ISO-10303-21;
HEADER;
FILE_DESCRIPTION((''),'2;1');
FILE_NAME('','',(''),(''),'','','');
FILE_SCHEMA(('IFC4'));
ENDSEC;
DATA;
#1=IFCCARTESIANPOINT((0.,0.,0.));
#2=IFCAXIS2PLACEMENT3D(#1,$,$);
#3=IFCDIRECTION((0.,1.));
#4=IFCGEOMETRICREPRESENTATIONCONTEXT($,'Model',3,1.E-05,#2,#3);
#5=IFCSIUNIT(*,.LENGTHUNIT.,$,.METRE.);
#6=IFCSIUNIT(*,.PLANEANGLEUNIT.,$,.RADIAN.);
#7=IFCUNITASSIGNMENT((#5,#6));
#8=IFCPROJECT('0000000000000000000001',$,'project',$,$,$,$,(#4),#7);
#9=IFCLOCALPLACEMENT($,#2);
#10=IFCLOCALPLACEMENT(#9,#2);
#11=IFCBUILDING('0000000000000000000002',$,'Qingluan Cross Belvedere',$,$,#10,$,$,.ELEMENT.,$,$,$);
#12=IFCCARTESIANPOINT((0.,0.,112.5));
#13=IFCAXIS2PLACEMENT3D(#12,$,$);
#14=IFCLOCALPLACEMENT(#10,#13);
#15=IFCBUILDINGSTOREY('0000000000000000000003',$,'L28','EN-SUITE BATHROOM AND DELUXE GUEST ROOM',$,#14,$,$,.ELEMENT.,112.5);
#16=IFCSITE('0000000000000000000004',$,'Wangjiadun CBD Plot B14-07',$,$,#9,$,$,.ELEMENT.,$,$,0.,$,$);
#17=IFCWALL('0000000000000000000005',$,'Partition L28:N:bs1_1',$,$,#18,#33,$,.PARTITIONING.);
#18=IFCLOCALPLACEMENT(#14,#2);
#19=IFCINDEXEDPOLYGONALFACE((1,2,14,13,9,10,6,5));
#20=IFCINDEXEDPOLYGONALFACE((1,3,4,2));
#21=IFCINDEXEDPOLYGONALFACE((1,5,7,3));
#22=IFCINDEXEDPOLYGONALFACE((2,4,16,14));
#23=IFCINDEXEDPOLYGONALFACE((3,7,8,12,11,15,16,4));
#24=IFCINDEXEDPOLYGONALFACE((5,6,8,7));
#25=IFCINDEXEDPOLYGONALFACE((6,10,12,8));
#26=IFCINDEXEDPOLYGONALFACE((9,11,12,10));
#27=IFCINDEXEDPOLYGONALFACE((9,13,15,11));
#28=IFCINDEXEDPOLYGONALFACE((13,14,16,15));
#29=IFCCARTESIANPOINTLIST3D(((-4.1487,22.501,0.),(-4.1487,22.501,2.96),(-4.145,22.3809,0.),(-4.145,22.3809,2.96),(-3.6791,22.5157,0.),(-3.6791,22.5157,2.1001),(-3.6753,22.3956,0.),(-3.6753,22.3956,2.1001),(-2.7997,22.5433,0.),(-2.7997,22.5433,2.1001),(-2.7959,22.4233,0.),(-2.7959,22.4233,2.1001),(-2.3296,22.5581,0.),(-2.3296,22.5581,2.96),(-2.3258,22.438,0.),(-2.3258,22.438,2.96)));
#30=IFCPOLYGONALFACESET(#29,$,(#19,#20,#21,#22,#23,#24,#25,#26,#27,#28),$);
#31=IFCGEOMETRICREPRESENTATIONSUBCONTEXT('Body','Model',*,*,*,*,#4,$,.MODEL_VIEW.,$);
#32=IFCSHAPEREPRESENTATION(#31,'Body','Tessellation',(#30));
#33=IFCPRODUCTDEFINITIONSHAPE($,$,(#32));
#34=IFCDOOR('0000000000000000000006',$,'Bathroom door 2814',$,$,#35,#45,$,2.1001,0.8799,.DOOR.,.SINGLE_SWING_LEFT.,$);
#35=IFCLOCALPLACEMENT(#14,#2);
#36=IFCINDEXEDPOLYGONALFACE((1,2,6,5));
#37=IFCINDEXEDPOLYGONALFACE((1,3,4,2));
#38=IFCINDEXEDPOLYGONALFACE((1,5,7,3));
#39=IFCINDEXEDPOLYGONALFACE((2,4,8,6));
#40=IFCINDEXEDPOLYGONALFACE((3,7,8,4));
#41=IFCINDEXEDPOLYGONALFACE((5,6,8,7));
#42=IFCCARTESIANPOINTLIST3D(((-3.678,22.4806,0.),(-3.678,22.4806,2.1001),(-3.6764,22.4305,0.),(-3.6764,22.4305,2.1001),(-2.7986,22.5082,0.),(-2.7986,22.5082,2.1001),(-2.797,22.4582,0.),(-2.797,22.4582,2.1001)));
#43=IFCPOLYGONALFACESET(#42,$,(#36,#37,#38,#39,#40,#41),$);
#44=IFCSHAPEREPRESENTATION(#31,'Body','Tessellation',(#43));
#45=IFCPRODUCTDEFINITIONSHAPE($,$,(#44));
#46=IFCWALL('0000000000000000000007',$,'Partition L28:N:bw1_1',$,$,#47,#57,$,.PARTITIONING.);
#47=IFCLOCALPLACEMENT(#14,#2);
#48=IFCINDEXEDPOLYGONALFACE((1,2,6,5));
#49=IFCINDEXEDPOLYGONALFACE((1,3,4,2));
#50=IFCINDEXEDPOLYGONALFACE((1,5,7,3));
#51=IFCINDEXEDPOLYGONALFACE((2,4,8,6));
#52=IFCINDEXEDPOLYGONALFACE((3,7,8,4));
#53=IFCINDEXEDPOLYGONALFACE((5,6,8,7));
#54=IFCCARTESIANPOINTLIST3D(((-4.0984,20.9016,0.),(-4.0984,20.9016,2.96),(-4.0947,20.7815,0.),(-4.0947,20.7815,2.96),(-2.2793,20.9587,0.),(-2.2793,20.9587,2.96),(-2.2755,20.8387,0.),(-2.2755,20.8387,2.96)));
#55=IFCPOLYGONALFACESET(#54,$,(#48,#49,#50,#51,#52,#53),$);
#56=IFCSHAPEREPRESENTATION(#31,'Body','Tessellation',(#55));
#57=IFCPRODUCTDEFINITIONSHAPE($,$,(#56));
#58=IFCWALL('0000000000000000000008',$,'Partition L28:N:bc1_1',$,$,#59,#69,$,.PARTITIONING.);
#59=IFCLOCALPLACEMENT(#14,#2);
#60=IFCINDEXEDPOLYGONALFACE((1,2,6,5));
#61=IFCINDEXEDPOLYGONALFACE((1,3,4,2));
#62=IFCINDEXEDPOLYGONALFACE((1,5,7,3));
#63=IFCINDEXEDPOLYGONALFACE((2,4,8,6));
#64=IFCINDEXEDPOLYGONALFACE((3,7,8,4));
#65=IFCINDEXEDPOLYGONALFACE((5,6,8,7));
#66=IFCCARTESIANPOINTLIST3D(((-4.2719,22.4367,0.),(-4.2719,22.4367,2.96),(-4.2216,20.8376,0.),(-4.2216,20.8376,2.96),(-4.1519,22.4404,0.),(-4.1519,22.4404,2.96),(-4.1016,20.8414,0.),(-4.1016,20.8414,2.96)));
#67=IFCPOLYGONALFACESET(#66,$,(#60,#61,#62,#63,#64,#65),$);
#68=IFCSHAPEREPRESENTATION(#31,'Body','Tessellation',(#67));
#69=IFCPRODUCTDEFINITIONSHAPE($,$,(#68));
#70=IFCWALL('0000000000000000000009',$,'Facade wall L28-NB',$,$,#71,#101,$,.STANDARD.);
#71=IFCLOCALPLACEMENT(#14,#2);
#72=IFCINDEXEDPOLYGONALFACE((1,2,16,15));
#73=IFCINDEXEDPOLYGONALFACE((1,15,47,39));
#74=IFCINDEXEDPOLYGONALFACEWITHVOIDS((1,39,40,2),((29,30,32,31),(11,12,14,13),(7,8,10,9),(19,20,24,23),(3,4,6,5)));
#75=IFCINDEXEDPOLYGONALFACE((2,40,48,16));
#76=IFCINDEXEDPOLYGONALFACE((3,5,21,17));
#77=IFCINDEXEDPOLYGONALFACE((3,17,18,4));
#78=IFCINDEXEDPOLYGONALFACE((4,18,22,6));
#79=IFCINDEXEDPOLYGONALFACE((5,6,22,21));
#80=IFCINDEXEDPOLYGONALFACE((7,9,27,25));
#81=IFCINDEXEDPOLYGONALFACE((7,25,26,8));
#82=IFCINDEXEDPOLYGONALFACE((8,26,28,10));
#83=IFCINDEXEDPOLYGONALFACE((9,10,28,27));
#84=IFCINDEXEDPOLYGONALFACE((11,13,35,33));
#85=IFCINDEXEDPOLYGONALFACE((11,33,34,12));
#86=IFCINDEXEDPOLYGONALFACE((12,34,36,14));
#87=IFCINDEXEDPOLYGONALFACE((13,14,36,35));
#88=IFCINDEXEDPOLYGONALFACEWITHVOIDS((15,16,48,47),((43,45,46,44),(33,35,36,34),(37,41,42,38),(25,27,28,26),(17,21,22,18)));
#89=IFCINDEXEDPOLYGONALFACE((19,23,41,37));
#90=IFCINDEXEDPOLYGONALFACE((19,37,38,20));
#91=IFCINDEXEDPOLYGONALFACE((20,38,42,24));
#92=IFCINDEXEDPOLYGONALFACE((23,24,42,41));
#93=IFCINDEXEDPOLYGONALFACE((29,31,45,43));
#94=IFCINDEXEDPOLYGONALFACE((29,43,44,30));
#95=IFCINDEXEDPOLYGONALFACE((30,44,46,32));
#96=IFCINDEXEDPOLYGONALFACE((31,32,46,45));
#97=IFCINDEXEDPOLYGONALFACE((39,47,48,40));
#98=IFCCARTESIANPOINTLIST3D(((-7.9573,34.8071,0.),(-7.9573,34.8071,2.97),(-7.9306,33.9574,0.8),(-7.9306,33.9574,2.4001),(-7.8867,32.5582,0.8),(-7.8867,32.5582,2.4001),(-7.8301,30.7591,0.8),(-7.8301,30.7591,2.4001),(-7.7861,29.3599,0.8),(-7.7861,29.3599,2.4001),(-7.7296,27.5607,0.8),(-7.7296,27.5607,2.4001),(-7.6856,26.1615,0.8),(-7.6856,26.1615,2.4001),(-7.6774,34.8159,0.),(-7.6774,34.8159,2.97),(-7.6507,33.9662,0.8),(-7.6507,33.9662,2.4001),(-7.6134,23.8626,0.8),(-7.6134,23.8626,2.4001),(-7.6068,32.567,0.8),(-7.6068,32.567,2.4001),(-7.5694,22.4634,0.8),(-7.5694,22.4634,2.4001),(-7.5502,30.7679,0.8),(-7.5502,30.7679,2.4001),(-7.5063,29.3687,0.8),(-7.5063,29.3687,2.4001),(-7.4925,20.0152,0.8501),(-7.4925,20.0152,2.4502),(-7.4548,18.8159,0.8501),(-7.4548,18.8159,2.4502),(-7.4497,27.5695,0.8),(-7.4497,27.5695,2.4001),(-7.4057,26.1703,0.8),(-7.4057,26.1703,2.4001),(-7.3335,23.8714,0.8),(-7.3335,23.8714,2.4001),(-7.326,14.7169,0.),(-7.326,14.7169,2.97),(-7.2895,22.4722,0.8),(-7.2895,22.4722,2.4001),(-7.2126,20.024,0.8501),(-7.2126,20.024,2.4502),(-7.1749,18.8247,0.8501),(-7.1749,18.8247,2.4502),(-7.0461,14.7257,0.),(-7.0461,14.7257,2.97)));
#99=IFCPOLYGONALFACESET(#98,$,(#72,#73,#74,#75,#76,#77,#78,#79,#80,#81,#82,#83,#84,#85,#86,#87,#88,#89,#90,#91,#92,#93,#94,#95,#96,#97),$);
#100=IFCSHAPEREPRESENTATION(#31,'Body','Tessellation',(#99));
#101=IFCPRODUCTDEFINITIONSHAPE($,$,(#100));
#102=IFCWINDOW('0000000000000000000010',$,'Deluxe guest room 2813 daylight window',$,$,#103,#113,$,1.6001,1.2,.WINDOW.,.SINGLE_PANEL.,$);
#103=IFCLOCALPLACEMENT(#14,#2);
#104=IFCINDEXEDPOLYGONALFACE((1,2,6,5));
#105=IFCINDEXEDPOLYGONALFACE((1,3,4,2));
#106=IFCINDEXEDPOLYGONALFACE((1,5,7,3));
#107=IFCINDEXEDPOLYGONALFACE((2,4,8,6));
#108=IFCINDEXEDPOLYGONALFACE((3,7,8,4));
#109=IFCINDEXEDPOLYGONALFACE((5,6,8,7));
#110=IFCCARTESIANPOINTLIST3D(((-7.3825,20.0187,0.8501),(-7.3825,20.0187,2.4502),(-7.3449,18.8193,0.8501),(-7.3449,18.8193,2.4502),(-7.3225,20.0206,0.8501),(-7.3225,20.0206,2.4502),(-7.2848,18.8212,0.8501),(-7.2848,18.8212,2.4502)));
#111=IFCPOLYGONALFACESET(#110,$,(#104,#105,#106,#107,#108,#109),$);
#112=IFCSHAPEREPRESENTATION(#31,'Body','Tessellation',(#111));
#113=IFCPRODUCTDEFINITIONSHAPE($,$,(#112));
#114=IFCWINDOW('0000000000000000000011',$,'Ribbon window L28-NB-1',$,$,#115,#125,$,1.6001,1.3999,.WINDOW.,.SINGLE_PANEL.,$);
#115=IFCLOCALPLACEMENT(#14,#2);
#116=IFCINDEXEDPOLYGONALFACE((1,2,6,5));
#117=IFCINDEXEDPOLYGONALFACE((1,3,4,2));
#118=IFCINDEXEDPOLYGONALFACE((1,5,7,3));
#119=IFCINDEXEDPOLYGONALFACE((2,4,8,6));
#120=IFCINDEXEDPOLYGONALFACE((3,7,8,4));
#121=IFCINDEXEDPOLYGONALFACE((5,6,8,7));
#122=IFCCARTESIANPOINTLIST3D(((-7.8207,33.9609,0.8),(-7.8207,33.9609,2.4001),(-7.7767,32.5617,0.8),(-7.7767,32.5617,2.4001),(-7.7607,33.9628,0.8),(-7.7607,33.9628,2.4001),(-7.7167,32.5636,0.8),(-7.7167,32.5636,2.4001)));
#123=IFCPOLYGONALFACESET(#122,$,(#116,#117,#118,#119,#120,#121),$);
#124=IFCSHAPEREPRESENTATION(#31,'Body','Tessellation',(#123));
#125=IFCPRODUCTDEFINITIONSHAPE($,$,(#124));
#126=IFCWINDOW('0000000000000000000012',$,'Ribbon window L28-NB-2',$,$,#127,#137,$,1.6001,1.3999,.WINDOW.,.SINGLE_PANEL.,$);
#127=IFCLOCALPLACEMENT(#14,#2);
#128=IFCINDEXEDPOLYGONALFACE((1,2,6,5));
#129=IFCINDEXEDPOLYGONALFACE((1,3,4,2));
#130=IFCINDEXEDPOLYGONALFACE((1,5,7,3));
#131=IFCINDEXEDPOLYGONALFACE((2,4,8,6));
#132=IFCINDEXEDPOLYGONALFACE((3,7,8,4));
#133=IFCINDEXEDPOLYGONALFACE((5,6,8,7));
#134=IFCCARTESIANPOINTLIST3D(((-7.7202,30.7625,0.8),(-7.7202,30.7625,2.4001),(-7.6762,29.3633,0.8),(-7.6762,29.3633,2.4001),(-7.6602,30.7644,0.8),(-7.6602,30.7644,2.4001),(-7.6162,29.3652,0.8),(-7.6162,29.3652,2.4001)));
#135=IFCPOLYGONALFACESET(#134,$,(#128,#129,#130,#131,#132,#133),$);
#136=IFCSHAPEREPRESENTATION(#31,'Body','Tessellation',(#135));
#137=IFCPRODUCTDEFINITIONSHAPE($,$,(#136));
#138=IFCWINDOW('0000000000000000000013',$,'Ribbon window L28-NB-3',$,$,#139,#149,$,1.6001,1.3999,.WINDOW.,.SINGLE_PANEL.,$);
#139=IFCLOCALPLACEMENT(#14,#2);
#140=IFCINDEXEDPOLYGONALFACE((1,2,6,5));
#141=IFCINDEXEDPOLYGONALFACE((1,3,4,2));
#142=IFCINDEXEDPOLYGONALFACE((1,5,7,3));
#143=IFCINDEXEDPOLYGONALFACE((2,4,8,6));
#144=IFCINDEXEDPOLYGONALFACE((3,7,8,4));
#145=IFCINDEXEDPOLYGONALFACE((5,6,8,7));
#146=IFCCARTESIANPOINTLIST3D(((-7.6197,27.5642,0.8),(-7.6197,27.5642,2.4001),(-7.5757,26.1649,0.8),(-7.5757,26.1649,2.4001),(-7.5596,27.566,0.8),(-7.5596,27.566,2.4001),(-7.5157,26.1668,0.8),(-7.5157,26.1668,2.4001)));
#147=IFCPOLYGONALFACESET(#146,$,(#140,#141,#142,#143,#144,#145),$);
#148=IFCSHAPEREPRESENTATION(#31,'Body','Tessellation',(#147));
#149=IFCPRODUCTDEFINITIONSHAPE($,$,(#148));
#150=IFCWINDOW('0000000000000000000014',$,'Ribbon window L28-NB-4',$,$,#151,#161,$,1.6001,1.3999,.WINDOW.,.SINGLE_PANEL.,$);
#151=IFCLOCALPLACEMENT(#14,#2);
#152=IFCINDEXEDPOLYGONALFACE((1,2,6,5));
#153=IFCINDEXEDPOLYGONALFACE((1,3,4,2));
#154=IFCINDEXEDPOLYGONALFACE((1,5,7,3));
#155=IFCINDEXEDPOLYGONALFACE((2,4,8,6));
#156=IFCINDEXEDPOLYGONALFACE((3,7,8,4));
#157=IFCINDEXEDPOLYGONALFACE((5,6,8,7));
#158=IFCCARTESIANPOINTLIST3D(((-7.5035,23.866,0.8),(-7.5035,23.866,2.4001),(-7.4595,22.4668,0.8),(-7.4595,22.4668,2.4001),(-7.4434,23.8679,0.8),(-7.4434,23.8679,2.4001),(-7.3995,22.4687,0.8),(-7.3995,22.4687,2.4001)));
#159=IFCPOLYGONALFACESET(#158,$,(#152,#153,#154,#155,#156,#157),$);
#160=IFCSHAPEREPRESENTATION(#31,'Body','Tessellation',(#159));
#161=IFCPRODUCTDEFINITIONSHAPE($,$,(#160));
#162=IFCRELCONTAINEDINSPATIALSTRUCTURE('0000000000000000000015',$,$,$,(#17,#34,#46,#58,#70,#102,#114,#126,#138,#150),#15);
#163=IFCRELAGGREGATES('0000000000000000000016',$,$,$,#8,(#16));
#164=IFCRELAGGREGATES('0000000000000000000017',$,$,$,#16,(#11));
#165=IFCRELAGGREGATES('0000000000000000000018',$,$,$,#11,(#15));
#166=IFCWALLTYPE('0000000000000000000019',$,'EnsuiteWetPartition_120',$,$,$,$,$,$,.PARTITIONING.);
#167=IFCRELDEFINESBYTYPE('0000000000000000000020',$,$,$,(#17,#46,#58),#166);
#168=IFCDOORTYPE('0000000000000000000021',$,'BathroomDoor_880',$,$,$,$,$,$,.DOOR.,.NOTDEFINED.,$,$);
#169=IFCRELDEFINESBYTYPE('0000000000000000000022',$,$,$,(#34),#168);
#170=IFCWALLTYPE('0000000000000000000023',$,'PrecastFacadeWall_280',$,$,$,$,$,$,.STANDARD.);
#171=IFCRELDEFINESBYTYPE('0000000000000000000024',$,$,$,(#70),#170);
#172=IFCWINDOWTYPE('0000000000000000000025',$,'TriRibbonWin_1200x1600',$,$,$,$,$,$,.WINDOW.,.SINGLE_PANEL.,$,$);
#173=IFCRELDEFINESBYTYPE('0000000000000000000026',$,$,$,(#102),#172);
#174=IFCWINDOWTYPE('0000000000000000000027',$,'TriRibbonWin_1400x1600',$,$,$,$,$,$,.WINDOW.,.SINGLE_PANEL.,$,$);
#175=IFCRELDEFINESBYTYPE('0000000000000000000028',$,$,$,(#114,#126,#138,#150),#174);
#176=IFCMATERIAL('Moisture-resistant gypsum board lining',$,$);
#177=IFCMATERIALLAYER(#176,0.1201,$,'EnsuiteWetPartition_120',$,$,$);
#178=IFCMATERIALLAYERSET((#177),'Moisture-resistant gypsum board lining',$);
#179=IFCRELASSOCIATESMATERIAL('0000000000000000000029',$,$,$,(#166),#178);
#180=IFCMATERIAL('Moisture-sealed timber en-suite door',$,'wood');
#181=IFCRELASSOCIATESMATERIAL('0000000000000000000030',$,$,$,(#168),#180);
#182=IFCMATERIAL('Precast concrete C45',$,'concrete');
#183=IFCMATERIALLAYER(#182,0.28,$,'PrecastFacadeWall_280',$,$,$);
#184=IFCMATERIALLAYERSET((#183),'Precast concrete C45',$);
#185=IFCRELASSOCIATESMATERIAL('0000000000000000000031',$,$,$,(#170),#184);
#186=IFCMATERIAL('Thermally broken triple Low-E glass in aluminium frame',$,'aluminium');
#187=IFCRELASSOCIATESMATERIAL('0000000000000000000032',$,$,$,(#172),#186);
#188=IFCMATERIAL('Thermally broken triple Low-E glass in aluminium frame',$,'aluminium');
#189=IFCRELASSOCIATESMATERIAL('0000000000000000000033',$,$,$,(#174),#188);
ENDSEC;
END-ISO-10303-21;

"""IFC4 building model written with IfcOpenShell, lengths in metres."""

from ifc_helpers import new_model, si_unit, direction, frame, frame_2d, origin, place, context, subcontext, project, spatial, rectangle, extrude, material, layer, layer_set, type_object, element, fill, save


model = new_model("IFC4")

# Units and contexts
model_context = context("Model", 3, precision=1e-05, world=origin(), true_north=direction((0.0, 1.0)))
body_context = subcontext(model_context, "Body", "Model", "MODEL_VIEW")
ifc_project = project(units=[si_unit("LENGTHUNIT", "METRE"), si_unit("PLANEANGLEUNIT", "RADIAN")], contexts=[model_context])

# Site, building, storey
site_placement = place(None, origin())
site = spatial("IfcSite", under=ifc_project, at=site_placement, Name="Wangjiadun CBD Plot B14-07", CompositionType="ELEMENT", RefElevation=0.0)
building_placement = place(site_placement, origin())
building = spatial("IfcBuilding", under=site, at=building_placement, Name="Qingluan Cross Belvedere", CompositionType="ELEMENT")
storey_placement = place(building_placement, frame((0.0, 0.0, 112.5)))
storey = spatial("IfcBuildingStorey", under=building, at=storey_placement, Name="L28", Description="EN-SUITE BATHROOM AND DELUXE GUEST ROOM", CompositionType="ELEMENT", Elevation=112.5)

# Wall, opening, door
ifc_material_1 = material(Name="Moisture-resistant gypsum board lining")
ifc_layer_1 = layer(ifc_material_1, 0.1201, Name="EnsuiteWetPartition_120")
ifc_layer_set_1 = layer_set([ifc_layer_1], Name="Moisture-resistant gypsum board lining")
wall_type_1 = type_object("IfcWallType", Name="EnsuiteWetPartition_120", PredefinedType="PARTITIONING", material=ifc_layer_set_1)
wall_1_placement = place(storey_placement, frame((-4.147, 22.4409, 0.0), z_axis=(0.0, 0.0, 1.0), x_axis=(0.999507, 0.03139, 0.0)))
wall_1 = element("IfcWall", 1, at=wall_1_placement, inside=storey, type_object=wall_type_1, Name="Partition L28:N:bs1_1", PredefinedType="PARTITIONING", context=body_context, shape_type="SweptSolid", body=[
    extrude(rectangle(XDim=1.8201, YDim=0.1201, at=frame_2d((0.9102, 0.0))), origin(), (0.0, 0.0, 1.0), 2.96),
])
opening_1_placement = place(wall_1_placement, frame((0.47, 0.0, 0.0)))
opening_1 = element("IfcOpeningElement", 2, at=opening_1_placement, cuts=wall_1, PredefinedType="OPENING", context=body_context, shape_type="SweptSolid", body=[
    extrude(rectangle(XDim=0.8799, YDim=2.1001, at=frame_2d((0.4399, 1.05))), frame((0.0, 0.0701, 0.0), z_axis=(0.0, -1.0, 0.0), x_axis=(1.0, 0.0, 0.0)), (0.0, 0.0, 1.0), 0.1401),
])
ifc_material_2 = material(Name="Moisture-sealed timber en-suite door", Category="wood")
door_type_1 = type_object("IfcDoorType", Name="BathroomDoor_880", OperationType="NOTDEFINED", PredefinedType="DOOR", material=ifc_material_2)
door_1_placement = place(opening_1_placement, origin())
door_1 = element("IfcDoor", 3, at=door_1_placement, inside=storey, type_object=door_type_1, Name="Bathroom door 2814", OperationType="SINGLE_SWING_LEFT", OverallHeight=2.1001, OverallWidth=0.8799, PredefinedType="DOOR", context=body_context, shape_type="SweptSolid", body=[
    extrude(rectangle(XDim=0.8799, YDim=2.1001, at=frame_2d((0.4399, 1.05))), frame((0.0, 0.0249, 0.0), z_axis=(0.0, -1.0, 0.0), x_axis=(1.0, 0.0, 0.0)), (0.0, 0.0, 1.0), 0.05),
])
fill(opening_1, door_1)

# Walls
wall_2_placement = place(storey_placement, frame((-4.0967, 20.8416, 0.0), z_axis=(0.0, 0.0, 1.0), x_axis=(0.999507, 0.03139, 0.0)))
element("IfcWall", 4, at=wall_2_placement, inside=storey, type_object=wall_type_1, Name="Partition L28:N:bw1_1", PredefinedType="PARTITIONING", context=body_context, shape_type="SweptSolid", body=[
    extrude(rectangle(XDim=1.8201, YDim=0.1201, at=frame_2d((0.9102, 0.0))), origin(), (0.0, 0.0, 1.0), 2.96),
])
wall_3_placement = place(storey_placement, frame((-4.1616, 20.8396, 0.0), z_axis=(0.0, 0.0, 1.0), x_axis=(-0.031435, 0.999506, 0.0)))
element("IfcWall", 5, at=wall_3_placement, inside=storey, type_object=wall_type_1, Name="Partition L28:N:bc1_1", PredefinedType="PARTITIONING", context=body_context, shape_type="SweptSolid", body=[
    extrude(rectangle(XDim=1.5999, YDim=0.1201, at=frame_2d((0.7998, 0.0))), origin(), (0.0, 0.0, 1.0), 2.96),
])

# Wall, openings, windows
ifc_material_3 = material(Name="Precast concrete C45", Category="concrete")
ifc_layer_2 = layer(ifc_material_3, 0.28, Name="PrecastFacadeWall_280")
ifc_layer_set_2 = layer_set([ifc_layer_2], Name="Precast concrete C45")
wall_type_2 = type_object("IfcWallType", Name="PrecastFacadeWall_280", PredefinedType="STANDARD", material=ifc_layer_set_2)
wall_4_placement = place(storey_placement, frame((-7.8174, 34.8115, 0.0), z_axis=(0.0, 0.0, 1.0), x_axis=(0.03141, -0.999507, 0.0)))
wall_4 = element("IfcWall", 6, at=wall_4_placement, inside=storey, type_object=wall_type_2, Name="Facade wall L28-NB", PredefinedType="STANDARD", context=body_context, shape_type="SweptSolid", body=[
    extrude(rectangle(XDim=20.1001, YDim=0.28, at=frame_2d((10.05, 0.0))), origin(), (0.0, 0.0, 1.0), 2.97),
])
opening_2_placement = place(wall_4_placement, frame((0.8501, 0.0, 0.8)))
opening_2 = element("IfcOpeningElement", 7, at=opening_2_placement, cuts=wall_4, PredefinedType="OPENING", context=body_context, shape_type="SweptSolid", body=[
    extrude(rectangle(XDim=1.3999, YDim=1.6001, at=frame_2d((0.7, 0.8))), frame((0.0, 0.1499, 0.0), z_axis=(0.0, -1.0, 0.0), x_axis=(1.0, 0.0, 0.0)), (0.0, 0.0, 1.0), 0.3),
])
opening_3_placement = place(wall_4_placement, frame((4.05, 0.0, 0.8)))
opening_3 = element("IfcOpeningElement", 8, at=opening_3_placement, cuts=wall_4, PredefinedType="OPENING", context=body_context, shape_type="SweptSolid", body=[
    extrude(rectangle(XDim=1.3999, YDim=1.6001, at=frame_2d((0.7, 0.8))), frame((0.0, 0.1499, 0.0), z_axis=(0.0, -1.0, 0.0), x_axis=(1.0, 0.0, 0.0)), (0.0, 0.0, 1.0), 0.3),
])
opening_4_placement = place(wall_4_placement, frame((7.25, 0.0, 0.8)))
opening_4 = element("IfcOpeningElement", 9, at=opening_4_placement, cuts=wall_4, PredefinedType="OPENING", context=body_context, shape_type="SweptSolid", body=[
    extrude(rectangle(XDim=1.3999, YDim=1.6001, at=frame_2d((0.7, 0.8))), frame((0.0, 0.1499, 0.0), z_axis=(0.0, -1.0, 0.0), x_axis=(1.0, 0.0, 0.0)), (0.0, 0.0, 1.0), 0.3),
])
opening_5_placement = place(wall_4_placement, frame((10.95, 0.0, 0.8)))
opening_5 = element("IfcOpeningElement", 10, at=opening_5_placement, cuts=wall_4, PredefinedType="OPENING", context=body_context, shape_type="SweptSolid", body=[
    extrude(rectangle(XDim=1.3999, YDim=1.6001, at=frame_2d((0.7, 0.8))), frame((0.0, 0.1499, 0.0), z_axis=(0.0, -1.0, 0.0), x_axis=(1.0, 0.0, 0.0)), (0.0, 0.0, 1.0), 0.3),
])
opening_6_placement = place(wall_4_placement, frame((14.7991, 0.0, 0.8501)))
opening_6 = element("IfcOpeningElement", 11, at=opening_6_placement, cuts=wall_4, PredefinedType="OPENING", context=body_context, shape_type="SweptSolid", body=[
    extrude(rectangle(XDim=1.2, YDim=1.6001, at=frame_2d((0.6001, 0.8))), frame((0.0, 0.1499, 0.0), z_axis=(0.0, -1.0, 0.0), x_axis=(1.0, 0.0, 0.0)), (0.0, 0.0, 1.0), 0.3),
])
ifc_material_4 = material(Name="Thermally broken triple Low-E glass in aluminium frame", Category="aluminium")
window_type_1 = type_object("IfcWindowType", Name="TriRibbonWin_1200x1600", PartitioningType="SINGLE_PANEL", PredefinedType="WINDOW", material=ifc_material_4)
window_1_placement = place(opening_6_placement, origin())
window_1 = element("IfcWindow", 12, at=window_1_placement, inside=storey, type_object=window_type_1, Name="Deluxe guest room 2813 daylight window", OverallHeight=1.6001, OverallWidth=1.2, PartitioningType="SINGLE_PANEL", PredefinedType="WINDOW", context=body_context, shape_type="SweptSolid", body=[
    extrude(rectangle(XDim=1.2, YDim=1.6001, at=frame_2d((0.6001, 0.8))), frame((0.0, 0.03, 0.0), z_axis=(0.0, -1.0, 0.0), x_axis=(1.0, 0.0, 0.0)), (0.0, 0.0, 1.0), 0.0601),
])
fill(opening_6, window_1)
ifc_material_5 = material(Name="Thermally broken triple Low-E glass in aluminium frame", Category="aluminium")
window_type_2 = type_object("IfcWindowType", Name="TriRibbonWin_1400x1600", PartitioningType="SINGLE_PANEL", PredefinedType="WINDOW", material=ifc_material_5)
window_2_placement = place(opening_2_placement, origin())
window_2 = element("IfcWindow", 13, at=window_2_placement, inside=storey, type_object=window_type_2, Name="Ribbon window L28-NB-1", OverallHeight=1.6001, OverallWidth=1.3999, PartitioningType="SINGLE_PANEL", PredefinedType="WINDOW", context=body_context, shape_type="SweptSolid", body=[
    extrude(rectangle(XDim=1.3999, YDim=1.6001, at=frame_2d((0.7, 0.8))), frame((0.0, 0.03, 0.0), z_axis=(0.0, -1.0, 0.0), x_axis=(1.0, 0.0, 0.0)), (0.0, 0.0, 1.0), 0.0601),
])
fill(opening_2, window_2)
window_3_placement = place(opening_3_placement, origin())
window_3 = element("IfcWindow", 14, at=window_3_placement, inside=storey, type_object=window_type_2, Name="Ribbon window L28-NB-2", OverallHeight=1.6001, OverallWidth=1.3999, PartitioningType="SINGLE_PANEL", PredefinedType="WINDOW", context=body_context, shape_type="SweptSolid", body=[
    extrude(rectangle(XDim=1.3999, YDim=1.6001, at=frame_2d((0.7, 0.8))), frame((0.0, 0.03, 0.0), z_axis=(0.0, -1.0, 0.0), x_axis=(1.0, 0.0, 0.0)), (0.0, 0.0, 1.0), 0.0601),
])
fill(opening_3, window_3)
window_4_placement = place(opening_4_placement, origin())
window_4 = element("IfcWindow", 15, at=window_4_placement, inside=storey, type_object=window_type_2, Name="Ribbon window L28-NB-3", OverallHeight=1.6001, OverallWidth=1.3999, PartitioningType="SINGLE_PANEL", PredefinedType="WINDOW", context=body_context, shape_type="SweptSolid", body=[
    extrude(rectangle(XDim=1.3999, YDim=1.6001, at=frame_2d((0.7, 0.8))), frame((0.0, 0.03, 0.0), z_axis=(0.0, -1.0, 0.0), x_axis=(1.0, 0.0, 0.0)), (0.0, 0.0, 1.0), 0.0601),
])
fill(opening_4, window_4)
window_5_placement = place(opening_5_placement, origin())
window_5 = element("IfcWindow", 16, at=window_5_placement, inside=storey, type_object=window_type_2, Name="Ribbon window L28-NB-4", OverallHeight=1.6001, OverallWidth=1.3999, PartitioningType="SINGLE_PANEL", PredefinedType="WINDOW", context=body_context, shape_type="SweptSolid", body=[
    extrude(rectangle(XDim=1.3999, YDim=1.6001, at=frame_2d((0.7, 0.8))), frame((0.0, 0.03, 0.0), z_axis=(0.0, -1.0, 0.0), x_axis=(1.0, 0.0, 0.0)), (0.0, 0.0, 1.0), 0.0601),
])
fill(opening_5, window_5)

save(model, "model.ifc")
